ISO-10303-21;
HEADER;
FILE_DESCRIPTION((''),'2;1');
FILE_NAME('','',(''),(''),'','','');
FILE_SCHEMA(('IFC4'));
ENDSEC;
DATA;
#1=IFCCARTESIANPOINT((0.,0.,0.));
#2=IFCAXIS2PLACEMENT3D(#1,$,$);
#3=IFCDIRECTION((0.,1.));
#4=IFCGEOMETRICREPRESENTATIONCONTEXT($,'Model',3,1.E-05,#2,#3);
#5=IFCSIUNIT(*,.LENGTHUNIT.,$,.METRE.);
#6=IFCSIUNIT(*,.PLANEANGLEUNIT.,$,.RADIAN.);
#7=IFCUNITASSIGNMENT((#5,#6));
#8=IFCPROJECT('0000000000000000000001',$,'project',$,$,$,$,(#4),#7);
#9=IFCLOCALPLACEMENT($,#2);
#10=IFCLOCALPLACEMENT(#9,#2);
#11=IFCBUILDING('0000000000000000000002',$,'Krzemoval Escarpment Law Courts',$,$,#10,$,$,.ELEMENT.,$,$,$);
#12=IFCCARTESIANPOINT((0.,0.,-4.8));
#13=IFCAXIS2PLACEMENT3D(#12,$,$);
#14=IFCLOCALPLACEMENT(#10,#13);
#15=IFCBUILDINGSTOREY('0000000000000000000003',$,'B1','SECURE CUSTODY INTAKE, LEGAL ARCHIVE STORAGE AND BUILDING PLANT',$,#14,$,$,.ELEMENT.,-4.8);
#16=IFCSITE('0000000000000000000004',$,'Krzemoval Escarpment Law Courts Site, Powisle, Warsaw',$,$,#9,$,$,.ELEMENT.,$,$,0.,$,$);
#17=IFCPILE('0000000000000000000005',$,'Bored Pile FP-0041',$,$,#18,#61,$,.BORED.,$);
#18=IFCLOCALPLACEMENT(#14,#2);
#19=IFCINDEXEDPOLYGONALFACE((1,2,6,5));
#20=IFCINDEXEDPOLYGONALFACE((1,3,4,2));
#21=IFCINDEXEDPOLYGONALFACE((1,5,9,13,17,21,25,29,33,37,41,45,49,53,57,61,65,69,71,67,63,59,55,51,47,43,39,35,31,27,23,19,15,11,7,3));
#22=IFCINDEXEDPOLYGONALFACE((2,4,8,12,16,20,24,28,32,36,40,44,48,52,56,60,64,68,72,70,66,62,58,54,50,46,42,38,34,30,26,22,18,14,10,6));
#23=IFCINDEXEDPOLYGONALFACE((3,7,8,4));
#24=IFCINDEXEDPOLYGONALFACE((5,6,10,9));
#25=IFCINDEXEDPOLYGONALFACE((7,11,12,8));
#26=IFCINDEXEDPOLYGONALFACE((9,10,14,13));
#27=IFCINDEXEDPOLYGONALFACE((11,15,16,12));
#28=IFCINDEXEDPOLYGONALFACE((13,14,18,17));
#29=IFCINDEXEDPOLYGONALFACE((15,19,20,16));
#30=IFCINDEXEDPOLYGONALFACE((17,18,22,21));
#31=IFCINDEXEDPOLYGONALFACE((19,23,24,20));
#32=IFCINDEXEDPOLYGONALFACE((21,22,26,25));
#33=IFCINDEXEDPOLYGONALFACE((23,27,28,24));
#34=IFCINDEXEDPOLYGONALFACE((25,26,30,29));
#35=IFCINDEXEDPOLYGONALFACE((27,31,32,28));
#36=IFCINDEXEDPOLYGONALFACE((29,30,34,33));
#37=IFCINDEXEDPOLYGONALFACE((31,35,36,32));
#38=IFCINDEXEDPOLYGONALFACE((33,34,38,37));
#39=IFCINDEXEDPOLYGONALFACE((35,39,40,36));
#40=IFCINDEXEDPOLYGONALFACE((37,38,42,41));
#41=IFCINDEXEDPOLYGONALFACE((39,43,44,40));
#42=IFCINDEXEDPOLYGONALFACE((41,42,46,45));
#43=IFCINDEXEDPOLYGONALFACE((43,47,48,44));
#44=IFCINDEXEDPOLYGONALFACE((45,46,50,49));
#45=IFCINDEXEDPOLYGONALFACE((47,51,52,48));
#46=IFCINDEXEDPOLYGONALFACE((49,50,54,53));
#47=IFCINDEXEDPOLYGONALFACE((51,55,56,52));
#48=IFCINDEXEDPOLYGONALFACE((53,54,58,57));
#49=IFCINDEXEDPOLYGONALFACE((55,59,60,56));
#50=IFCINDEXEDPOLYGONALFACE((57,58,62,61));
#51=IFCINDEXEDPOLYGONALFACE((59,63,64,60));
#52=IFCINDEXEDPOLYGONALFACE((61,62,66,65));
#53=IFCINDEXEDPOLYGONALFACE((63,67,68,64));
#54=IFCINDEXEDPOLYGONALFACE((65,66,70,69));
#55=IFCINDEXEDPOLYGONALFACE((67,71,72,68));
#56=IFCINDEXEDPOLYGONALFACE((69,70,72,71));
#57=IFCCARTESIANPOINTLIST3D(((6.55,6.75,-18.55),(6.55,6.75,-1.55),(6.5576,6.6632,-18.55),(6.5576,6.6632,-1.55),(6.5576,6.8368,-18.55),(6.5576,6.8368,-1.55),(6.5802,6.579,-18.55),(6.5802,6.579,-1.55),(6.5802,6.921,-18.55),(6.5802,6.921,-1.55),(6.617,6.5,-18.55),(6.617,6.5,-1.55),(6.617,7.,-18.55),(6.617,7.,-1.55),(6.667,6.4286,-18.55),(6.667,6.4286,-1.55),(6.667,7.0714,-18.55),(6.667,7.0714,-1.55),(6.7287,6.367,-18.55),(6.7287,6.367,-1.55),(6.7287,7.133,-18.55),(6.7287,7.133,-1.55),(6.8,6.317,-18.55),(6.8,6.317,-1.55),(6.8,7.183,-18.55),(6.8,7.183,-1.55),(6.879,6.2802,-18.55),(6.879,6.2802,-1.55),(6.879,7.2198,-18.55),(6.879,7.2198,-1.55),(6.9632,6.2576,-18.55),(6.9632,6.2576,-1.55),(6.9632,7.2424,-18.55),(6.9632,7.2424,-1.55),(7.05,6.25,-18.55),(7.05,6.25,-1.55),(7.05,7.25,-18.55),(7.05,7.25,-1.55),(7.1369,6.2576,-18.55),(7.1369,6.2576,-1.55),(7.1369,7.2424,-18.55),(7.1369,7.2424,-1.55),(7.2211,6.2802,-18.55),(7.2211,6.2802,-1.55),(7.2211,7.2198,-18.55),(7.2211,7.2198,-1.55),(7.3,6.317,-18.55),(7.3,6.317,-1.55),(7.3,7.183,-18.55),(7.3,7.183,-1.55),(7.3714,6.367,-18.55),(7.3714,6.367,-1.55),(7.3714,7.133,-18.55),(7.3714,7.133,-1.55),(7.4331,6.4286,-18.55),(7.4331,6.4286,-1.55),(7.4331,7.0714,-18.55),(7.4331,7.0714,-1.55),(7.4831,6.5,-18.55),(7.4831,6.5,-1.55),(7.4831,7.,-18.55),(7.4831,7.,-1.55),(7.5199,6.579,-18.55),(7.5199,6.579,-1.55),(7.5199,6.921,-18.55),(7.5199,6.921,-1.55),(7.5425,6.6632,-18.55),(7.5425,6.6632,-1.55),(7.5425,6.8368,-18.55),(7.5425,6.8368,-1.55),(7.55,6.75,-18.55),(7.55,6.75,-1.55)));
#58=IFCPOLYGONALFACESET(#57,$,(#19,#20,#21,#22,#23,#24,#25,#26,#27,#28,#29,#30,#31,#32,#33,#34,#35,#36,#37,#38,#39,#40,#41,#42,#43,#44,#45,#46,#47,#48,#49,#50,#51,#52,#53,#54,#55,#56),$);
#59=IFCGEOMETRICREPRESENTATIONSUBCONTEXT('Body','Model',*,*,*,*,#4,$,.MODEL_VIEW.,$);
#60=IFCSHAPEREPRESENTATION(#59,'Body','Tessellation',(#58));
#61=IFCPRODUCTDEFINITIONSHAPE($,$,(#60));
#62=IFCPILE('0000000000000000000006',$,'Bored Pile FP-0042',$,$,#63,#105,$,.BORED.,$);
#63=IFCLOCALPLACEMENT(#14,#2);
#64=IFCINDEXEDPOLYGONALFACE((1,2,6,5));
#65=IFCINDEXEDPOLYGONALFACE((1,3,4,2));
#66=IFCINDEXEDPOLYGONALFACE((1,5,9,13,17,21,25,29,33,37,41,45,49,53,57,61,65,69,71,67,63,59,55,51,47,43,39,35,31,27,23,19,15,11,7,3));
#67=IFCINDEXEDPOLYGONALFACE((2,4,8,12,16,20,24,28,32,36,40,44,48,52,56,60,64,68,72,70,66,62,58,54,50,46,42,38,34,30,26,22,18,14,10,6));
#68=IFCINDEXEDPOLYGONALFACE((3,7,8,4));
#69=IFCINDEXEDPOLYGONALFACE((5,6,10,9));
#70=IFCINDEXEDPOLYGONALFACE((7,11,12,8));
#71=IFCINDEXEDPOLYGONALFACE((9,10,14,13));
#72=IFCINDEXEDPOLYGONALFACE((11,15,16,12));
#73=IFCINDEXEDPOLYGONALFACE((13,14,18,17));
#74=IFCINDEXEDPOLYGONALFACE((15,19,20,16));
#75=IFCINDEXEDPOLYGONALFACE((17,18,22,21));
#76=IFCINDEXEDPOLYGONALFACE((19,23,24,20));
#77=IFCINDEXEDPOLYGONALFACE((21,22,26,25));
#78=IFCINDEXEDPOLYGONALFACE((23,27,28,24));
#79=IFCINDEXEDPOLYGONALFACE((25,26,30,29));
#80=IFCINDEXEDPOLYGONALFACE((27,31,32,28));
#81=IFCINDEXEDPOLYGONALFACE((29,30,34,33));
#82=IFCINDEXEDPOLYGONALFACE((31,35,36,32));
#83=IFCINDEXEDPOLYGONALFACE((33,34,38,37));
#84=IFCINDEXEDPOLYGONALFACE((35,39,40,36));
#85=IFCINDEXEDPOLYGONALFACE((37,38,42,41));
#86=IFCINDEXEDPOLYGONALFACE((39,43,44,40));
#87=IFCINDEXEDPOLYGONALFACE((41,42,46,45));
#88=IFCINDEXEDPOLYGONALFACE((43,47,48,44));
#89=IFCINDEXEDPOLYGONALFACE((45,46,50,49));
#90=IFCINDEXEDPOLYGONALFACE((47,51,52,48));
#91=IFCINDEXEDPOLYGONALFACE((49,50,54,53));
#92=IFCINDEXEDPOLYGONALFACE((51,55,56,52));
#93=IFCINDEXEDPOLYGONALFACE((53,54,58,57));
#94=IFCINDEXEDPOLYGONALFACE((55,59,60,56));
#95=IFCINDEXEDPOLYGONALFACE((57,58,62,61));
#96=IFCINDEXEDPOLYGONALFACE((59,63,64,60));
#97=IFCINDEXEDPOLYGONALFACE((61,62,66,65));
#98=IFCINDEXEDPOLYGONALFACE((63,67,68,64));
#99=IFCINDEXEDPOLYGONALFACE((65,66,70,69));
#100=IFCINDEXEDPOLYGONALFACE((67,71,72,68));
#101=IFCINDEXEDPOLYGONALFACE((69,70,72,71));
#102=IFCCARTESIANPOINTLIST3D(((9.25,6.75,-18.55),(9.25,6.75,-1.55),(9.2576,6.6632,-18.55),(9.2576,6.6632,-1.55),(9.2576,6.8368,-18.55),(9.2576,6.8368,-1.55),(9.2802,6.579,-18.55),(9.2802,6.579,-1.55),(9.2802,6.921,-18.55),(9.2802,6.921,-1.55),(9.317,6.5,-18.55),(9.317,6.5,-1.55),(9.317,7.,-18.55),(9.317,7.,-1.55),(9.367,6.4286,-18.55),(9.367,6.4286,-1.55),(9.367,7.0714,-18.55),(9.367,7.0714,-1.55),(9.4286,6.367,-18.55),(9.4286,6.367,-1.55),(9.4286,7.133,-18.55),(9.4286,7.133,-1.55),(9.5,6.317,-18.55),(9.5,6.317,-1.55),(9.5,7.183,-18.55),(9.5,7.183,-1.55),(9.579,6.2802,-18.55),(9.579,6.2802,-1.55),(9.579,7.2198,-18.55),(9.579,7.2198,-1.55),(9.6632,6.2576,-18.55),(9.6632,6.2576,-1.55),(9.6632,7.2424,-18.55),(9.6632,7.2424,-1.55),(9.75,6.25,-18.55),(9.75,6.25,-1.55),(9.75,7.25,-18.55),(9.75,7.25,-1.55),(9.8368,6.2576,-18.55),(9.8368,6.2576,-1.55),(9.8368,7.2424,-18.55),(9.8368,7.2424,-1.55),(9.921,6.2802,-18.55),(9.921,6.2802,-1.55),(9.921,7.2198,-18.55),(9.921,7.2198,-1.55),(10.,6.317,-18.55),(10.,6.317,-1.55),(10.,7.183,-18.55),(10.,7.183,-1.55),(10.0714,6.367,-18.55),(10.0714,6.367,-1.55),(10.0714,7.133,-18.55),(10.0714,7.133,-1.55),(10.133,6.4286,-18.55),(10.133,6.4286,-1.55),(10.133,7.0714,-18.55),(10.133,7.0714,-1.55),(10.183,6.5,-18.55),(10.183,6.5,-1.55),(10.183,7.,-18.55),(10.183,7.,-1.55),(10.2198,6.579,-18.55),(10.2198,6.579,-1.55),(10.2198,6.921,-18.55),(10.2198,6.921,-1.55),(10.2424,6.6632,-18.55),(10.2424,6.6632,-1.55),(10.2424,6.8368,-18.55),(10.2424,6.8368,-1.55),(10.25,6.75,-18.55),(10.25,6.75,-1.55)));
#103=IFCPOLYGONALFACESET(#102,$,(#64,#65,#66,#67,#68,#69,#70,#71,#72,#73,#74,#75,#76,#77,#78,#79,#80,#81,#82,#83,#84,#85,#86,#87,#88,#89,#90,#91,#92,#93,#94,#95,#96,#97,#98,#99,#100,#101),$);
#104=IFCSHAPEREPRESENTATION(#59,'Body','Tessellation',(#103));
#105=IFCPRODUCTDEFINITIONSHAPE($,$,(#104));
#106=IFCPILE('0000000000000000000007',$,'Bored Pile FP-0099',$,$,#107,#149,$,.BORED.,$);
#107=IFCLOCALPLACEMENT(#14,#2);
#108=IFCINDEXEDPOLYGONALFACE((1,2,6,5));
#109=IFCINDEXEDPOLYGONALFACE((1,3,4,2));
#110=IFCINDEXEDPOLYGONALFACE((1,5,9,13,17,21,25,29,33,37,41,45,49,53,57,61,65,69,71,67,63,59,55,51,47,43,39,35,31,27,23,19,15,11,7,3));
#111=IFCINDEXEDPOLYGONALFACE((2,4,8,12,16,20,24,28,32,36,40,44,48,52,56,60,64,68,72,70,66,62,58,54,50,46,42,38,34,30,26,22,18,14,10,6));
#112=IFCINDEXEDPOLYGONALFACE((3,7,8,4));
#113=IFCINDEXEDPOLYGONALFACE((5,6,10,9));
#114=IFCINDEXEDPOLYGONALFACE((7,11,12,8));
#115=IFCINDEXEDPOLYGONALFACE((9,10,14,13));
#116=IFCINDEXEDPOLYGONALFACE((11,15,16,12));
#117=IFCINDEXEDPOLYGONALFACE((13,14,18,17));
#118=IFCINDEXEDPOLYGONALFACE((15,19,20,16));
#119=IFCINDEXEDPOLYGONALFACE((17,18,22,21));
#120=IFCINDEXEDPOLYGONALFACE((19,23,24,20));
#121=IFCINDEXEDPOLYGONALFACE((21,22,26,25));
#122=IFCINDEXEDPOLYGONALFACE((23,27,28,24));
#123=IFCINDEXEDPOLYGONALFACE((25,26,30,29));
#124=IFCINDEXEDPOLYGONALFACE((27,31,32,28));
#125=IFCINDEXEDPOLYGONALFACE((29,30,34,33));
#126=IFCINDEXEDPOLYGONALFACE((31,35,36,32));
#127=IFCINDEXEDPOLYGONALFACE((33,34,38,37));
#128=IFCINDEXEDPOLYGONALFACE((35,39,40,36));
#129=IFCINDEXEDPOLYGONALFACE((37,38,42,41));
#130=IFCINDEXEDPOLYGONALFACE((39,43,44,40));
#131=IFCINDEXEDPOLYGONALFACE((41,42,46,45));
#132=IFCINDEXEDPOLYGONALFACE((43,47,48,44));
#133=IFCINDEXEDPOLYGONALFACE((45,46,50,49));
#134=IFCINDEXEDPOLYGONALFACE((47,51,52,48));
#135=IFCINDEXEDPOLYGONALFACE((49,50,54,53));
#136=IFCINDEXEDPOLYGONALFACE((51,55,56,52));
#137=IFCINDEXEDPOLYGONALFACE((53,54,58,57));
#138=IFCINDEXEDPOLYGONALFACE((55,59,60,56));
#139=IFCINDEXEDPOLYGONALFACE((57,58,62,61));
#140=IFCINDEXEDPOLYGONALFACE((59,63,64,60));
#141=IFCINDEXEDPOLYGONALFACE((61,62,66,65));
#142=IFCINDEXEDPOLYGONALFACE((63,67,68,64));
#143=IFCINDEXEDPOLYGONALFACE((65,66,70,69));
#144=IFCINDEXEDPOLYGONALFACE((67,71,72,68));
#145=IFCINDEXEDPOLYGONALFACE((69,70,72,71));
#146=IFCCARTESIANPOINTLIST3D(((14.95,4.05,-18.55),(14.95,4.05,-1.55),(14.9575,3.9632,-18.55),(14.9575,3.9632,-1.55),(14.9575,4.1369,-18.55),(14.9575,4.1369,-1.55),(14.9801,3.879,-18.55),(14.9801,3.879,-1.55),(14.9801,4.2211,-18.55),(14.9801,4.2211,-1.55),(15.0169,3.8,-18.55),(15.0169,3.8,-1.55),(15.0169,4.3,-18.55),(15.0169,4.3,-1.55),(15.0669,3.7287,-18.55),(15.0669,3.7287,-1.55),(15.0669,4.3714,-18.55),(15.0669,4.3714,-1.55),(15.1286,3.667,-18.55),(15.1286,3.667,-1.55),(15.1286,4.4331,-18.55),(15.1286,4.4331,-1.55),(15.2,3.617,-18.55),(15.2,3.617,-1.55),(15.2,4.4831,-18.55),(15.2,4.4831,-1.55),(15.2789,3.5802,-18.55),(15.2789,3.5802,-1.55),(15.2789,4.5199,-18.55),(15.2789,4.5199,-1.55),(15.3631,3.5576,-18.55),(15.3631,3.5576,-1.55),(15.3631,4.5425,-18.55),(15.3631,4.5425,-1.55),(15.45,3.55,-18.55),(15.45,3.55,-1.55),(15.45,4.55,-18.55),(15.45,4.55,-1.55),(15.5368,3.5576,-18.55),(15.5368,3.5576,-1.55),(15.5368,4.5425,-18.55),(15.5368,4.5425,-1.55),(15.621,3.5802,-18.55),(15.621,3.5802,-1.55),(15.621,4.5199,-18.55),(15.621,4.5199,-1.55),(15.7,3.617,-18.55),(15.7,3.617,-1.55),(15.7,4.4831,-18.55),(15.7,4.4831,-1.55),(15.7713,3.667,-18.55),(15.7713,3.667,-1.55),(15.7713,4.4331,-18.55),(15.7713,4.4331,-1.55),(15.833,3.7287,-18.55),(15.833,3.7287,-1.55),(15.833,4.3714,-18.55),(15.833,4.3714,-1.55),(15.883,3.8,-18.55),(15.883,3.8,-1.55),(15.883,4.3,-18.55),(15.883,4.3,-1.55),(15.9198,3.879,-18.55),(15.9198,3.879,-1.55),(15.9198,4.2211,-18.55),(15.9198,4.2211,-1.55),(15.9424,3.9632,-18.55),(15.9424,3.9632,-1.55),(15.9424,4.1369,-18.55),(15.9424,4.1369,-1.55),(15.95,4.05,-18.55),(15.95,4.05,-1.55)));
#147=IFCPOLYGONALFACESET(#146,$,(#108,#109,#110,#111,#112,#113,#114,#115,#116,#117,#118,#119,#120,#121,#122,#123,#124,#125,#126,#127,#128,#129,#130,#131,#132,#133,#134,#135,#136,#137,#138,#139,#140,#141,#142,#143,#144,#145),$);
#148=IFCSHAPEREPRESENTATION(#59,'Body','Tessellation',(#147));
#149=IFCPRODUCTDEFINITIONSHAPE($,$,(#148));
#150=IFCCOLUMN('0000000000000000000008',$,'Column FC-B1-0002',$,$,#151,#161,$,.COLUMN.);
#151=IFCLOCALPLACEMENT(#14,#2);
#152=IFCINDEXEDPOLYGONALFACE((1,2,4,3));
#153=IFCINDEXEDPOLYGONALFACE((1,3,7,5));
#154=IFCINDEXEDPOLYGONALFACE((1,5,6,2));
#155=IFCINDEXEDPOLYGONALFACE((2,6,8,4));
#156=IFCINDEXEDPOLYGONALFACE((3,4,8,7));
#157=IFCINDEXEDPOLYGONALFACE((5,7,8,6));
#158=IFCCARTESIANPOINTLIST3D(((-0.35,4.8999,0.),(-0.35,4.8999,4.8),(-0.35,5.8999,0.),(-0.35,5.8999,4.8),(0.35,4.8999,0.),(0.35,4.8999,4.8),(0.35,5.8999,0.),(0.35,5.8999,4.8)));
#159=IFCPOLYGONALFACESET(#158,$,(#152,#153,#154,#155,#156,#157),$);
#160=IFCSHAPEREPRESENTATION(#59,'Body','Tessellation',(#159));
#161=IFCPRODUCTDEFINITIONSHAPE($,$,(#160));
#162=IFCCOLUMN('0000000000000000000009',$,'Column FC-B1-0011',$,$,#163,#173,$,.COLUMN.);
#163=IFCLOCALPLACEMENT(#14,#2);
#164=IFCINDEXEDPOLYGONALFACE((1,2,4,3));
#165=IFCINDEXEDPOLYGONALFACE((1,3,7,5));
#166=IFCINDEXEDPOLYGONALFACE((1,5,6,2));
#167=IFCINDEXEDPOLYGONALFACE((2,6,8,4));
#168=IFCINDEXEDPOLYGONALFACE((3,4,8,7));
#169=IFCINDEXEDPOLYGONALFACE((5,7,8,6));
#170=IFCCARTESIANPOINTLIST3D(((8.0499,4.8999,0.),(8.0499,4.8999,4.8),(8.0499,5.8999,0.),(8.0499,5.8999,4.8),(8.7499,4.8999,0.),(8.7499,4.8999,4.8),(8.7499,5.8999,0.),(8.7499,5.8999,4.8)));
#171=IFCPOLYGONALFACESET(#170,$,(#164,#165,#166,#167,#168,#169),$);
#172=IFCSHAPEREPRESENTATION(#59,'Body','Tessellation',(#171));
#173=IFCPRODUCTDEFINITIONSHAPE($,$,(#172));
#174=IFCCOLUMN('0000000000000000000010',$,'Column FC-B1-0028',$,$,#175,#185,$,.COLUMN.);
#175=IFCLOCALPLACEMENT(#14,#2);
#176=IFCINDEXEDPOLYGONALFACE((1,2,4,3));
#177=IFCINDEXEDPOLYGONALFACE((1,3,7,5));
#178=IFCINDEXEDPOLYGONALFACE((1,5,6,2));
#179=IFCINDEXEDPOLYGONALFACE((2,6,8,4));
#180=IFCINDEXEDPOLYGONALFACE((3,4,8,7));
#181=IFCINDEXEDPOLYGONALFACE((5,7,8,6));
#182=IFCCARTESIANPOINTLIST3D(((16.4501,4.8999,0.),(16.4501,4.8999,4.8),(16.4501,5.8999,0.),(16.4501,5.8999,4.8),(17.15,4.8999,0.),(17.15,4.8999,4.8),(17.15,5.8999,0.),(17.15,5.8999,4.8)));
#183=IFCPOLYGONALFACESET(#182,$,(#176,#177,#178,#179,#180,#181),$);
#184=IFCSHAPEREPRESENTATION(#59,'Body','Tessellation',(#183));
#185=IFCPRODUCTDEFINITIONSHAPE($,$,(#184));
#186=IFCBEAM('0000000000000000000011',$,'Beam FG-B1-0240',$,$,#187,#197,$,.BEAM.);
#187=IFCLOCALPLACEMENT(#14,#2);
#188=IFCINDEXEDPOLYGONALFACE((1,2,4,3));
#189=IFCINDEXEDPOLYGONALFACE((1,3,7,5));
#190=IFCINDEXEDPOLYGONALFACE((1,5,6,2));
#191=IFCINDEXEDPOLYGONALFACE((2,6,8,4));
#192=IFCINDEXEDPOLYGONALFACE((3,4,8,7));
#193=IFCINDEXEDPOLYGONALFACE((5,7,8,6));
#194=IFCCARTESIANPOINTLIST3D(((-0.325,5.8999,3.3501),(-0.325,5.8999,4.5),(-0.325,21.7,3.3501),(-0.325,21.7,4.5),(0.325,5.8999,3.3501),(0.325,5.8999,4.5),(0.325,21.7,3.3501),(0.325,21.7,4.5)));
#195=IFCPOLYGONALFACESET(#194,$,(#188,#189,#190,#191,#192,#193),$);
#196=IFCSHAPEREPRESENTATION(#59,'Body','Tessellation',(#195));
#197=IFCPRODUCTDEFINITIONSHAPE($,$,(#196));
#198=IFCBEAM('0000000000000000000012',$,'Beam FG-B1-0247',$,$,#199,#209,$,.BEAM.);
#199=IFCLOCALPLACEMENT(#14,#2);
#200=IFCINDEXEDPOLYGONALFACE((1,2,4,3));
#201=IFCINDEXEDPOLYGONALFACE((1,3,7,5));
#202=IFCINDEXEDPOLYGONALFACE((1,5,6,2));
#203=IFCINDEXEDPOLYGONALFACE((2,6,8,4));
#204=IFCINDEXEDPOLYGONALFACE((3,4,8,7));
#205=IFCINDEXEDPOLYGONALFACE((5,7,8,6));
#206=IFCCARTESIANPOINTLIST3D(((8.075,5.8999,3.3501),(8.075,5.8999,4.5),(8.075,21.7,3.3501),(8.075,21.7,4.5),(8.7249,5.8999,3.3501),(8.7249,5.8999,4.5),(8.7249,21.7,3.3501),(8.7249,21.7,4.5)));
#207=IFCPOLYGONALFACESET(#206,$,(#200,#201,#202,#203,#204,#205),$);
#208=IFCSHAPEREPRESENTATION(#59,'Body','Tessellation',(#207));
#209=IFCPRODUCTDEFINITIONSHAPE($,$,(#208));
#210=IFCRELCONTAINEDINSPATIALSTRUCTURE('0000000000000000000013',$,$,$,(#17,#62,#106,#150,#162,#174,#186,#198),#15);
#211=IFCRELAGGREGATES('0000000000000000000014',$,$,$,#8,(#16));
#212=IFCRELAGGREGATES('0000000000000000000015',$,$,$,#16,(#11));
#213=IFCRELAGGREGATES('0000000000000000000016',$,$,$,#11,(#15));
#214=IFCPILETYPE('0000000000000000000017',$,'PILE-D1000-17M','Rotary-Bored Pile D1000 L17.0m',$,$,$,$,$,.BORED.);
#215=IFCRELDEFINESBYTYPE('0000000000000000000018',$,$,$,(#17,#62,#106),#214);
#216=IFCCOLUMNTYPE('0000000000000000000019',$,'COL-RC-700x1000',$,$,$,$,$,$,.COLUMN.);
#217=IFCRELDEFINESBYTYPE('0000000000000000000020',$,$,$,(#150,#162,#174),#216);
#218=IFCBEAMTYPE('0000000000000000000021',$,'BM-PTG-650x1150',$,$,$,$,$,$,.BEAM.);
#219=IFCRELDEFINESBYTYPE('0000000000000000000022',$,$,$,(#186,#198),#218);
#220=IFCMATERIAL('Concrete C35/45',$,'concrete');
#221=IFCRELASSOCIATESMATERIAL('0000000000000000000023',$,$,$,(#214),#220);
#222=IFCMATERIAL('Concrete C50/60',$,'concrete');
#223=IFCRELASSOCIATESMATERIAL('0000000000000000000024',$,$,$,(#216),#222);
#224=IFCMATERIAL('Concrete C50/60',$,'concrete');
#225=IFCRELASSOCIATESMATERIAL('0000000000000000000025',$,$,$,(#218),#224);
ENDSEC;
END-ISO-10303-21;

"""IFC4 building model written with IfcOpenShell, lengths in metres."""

from ifc_helpers import new_model, si_unit, direction, frame, origin, origin_2d, place, context, subcontext, project, spatial, rectangle, circle, extrude, material, material_profile, profile_set, type_object, element, save


model = new_model("IFC4")

# Units and contexts
model_context = context("Model", 3, precision=1e-05, world=origin(), true_north=direction((0.0, 1.0)))
body_context = subcontext(model_context, "Body", "Model", "MODEL_VIEW")
ifc_project = project(units=[si_unit("LENGTHUNIT", "METRE"), si_unit("PLANEANGLEUNIT", "RADIAN")], contexts=[model_context])

# Site, building, storey
site_placement = place(None, origin())
site = spatial("IfcSite", under=ifc_project, at=site_placement, Name="Krzemoval Escarpment Law Courts Site, Powisle, Warsaw", CompositionType="ELEMENT", RefElevation=0.0)
building_placement = place(site_placement, origin())
building = spatial("IfcBuilding", under=site, at=building_placement, Name="Krzemoval Escarpment Law Courts", CompositionType="ELEMENT")
storey_placement = place(building_placement, frame((0.0, 0.0, -4.8)))
storey = spatial("IfcBuildingStorey", under=building, at=storey_placement, Name="B1", Description="SECURE CUSTODY INTAKE, LEGAL ARCHIVE STORAGE AND BUILDING PLANT", CompositionType="ELEMENT", Elevation=-4.8)

# Piles
ifc_material_1 = material(Name="Concrete C35/45", Category="concrete")
ifc_material_profile_1 = material_profile(ifc_material_1, circle(Radius=0.5, at=origin_2d()), Name="PILE D1000")
ifc_profile_set_1 = profile_set([ifc_material_profile_1], Name="Concrete C35/45")
pile_type = type_object("IfcPileType", Name="PILE-D1000-17M", Description="Rotary-Bored Pile D1000 L17.0m", PredefinedType="BORED", material=ifc_profile_set_1)
for number, where, z_axis, x_axis, name in (
    (1, (7.05, 6.75, -1.55), (0.0, 0.0, -1.0), (1.0, 0.0, 0.0), "Bored Pile FP-0041"),
    (2, (9.75, 6.75, -1.55), (0.0, 0.0, -1.0), (1.0, 0.0, 0.0), "Bored Pile FP-0042"),
    (3, (15.45, 4.05, -1.55), (0.0, 0.0, -1.0), (1.0, 0.0, 0.0), "Bored Pile FP-0099"),
):
    element("IfcPile", number, at=place(storey_placement, frame(where, z_axis=z_axis, x_axis=x_axis)), inside=storey, type_object=pile_type, Name=name, PredefinedType="BORED", context=body_context, shape_type="SweptSolid", body=[
        extrude(circle(Radius=0.5, at=origin_2d()), origin(), (0.0, 0.0, 1.0), 17.0),
    ])

# Columns
ifc_material_2 = material(Name="Concrete C50/60", Category="concrete")
ifc_material_profile_2 = material_profile(ifc_material_2, rectangle(XDim=0.7, YDim=1.0, at=origin_2d()), Name="RC 700x1000")
ifc_profile_set_2 = profile_set([ifc_material_profile_2], Name="Concrete C50/60")
column_type = type_object("IfcColumnType", Name="COL-RC-700x1000", PredefinedType="COLUMN", material=ifc_profile_set_2)
for number, where, z_axis, x_axis, name in (
    (4, (0.0, 5.3999, 0.0), (0.0, 0.0, 1.0), (1.0, 0.0, 0.0), "Column FC-B1-0002"),
    (5, (8.3999, 5.3999, 0.0), (0.0, 0.0, 1.0), (1.0, 0.0, 0.0), "Column FC-B1-0011"),
    (6, (16.8, 5.3999, 0.0), (0.0, 0.0, 1.0), (1.0, 0.0, 0.0), "Column FC-B1-0028"),
):
    element("IfcColumn", number, at=place(storey_placement, frame(where, z_axis=z_axis, x_axis=x_axis)), inside=storey, type_object=column_type, Name=name, PredefinedType="COLUMN", context=body_context, shape_type="SweptSolid", body=[
        extrude(rectangle(XDim=0.7, YDim=1.0, at=origin_2d()), origin(), (0.0, 0.0, 1.0), 4.8),
    ])

# Beams
ifc_material_3 = material(Name="Concrete C50/60", Category="concrete")
ifc_material_profile_3 = material_profile(ifc_material_3, rectangle(XDim=0.6499, YDim=1.1499, at=origin_2d()), Name="PTG 650x1150")
ifc_profile_set_3 = profile_set([ifc_material_profile_3], Name="Concrete C50/60")
beam_type_1 = type_object("IfcBeamType", Name="BM-PTG-650x1150", PredefinedType="BEAM", material=ifc_profile_set_3)
for number, where, z_axis, x_axis, name in (
    (7, (0.0, 5.8999, 3.925), (0.0, 1.0, 0.0), (-1.0, 0.0, 0.0), "Beam FG-B1-0240"),
    (8, (8.3999, 5.8999, 3.925), (0.0, 1.0, 0.0), (-1.0, 0.0, 0.0), "Beam FG-B1-0247"),
):
    element("IfcBeam", number, at=place(storey_placement, frame(where, z_axis=z_axis, x_axis=x_axis)), inside=storey, type_object=beam_type_1, Name=name, PredefinedType="BEAM", context=body_context, shape_type="SweptSolid", body=[
        extrude(rectangle(XDim=0.6499, YDim=1.1499, at=origin_2d()), origin(), (0.0, 0.0, 1.0), 15.8),
    ])

save(model, "model.ifc")
